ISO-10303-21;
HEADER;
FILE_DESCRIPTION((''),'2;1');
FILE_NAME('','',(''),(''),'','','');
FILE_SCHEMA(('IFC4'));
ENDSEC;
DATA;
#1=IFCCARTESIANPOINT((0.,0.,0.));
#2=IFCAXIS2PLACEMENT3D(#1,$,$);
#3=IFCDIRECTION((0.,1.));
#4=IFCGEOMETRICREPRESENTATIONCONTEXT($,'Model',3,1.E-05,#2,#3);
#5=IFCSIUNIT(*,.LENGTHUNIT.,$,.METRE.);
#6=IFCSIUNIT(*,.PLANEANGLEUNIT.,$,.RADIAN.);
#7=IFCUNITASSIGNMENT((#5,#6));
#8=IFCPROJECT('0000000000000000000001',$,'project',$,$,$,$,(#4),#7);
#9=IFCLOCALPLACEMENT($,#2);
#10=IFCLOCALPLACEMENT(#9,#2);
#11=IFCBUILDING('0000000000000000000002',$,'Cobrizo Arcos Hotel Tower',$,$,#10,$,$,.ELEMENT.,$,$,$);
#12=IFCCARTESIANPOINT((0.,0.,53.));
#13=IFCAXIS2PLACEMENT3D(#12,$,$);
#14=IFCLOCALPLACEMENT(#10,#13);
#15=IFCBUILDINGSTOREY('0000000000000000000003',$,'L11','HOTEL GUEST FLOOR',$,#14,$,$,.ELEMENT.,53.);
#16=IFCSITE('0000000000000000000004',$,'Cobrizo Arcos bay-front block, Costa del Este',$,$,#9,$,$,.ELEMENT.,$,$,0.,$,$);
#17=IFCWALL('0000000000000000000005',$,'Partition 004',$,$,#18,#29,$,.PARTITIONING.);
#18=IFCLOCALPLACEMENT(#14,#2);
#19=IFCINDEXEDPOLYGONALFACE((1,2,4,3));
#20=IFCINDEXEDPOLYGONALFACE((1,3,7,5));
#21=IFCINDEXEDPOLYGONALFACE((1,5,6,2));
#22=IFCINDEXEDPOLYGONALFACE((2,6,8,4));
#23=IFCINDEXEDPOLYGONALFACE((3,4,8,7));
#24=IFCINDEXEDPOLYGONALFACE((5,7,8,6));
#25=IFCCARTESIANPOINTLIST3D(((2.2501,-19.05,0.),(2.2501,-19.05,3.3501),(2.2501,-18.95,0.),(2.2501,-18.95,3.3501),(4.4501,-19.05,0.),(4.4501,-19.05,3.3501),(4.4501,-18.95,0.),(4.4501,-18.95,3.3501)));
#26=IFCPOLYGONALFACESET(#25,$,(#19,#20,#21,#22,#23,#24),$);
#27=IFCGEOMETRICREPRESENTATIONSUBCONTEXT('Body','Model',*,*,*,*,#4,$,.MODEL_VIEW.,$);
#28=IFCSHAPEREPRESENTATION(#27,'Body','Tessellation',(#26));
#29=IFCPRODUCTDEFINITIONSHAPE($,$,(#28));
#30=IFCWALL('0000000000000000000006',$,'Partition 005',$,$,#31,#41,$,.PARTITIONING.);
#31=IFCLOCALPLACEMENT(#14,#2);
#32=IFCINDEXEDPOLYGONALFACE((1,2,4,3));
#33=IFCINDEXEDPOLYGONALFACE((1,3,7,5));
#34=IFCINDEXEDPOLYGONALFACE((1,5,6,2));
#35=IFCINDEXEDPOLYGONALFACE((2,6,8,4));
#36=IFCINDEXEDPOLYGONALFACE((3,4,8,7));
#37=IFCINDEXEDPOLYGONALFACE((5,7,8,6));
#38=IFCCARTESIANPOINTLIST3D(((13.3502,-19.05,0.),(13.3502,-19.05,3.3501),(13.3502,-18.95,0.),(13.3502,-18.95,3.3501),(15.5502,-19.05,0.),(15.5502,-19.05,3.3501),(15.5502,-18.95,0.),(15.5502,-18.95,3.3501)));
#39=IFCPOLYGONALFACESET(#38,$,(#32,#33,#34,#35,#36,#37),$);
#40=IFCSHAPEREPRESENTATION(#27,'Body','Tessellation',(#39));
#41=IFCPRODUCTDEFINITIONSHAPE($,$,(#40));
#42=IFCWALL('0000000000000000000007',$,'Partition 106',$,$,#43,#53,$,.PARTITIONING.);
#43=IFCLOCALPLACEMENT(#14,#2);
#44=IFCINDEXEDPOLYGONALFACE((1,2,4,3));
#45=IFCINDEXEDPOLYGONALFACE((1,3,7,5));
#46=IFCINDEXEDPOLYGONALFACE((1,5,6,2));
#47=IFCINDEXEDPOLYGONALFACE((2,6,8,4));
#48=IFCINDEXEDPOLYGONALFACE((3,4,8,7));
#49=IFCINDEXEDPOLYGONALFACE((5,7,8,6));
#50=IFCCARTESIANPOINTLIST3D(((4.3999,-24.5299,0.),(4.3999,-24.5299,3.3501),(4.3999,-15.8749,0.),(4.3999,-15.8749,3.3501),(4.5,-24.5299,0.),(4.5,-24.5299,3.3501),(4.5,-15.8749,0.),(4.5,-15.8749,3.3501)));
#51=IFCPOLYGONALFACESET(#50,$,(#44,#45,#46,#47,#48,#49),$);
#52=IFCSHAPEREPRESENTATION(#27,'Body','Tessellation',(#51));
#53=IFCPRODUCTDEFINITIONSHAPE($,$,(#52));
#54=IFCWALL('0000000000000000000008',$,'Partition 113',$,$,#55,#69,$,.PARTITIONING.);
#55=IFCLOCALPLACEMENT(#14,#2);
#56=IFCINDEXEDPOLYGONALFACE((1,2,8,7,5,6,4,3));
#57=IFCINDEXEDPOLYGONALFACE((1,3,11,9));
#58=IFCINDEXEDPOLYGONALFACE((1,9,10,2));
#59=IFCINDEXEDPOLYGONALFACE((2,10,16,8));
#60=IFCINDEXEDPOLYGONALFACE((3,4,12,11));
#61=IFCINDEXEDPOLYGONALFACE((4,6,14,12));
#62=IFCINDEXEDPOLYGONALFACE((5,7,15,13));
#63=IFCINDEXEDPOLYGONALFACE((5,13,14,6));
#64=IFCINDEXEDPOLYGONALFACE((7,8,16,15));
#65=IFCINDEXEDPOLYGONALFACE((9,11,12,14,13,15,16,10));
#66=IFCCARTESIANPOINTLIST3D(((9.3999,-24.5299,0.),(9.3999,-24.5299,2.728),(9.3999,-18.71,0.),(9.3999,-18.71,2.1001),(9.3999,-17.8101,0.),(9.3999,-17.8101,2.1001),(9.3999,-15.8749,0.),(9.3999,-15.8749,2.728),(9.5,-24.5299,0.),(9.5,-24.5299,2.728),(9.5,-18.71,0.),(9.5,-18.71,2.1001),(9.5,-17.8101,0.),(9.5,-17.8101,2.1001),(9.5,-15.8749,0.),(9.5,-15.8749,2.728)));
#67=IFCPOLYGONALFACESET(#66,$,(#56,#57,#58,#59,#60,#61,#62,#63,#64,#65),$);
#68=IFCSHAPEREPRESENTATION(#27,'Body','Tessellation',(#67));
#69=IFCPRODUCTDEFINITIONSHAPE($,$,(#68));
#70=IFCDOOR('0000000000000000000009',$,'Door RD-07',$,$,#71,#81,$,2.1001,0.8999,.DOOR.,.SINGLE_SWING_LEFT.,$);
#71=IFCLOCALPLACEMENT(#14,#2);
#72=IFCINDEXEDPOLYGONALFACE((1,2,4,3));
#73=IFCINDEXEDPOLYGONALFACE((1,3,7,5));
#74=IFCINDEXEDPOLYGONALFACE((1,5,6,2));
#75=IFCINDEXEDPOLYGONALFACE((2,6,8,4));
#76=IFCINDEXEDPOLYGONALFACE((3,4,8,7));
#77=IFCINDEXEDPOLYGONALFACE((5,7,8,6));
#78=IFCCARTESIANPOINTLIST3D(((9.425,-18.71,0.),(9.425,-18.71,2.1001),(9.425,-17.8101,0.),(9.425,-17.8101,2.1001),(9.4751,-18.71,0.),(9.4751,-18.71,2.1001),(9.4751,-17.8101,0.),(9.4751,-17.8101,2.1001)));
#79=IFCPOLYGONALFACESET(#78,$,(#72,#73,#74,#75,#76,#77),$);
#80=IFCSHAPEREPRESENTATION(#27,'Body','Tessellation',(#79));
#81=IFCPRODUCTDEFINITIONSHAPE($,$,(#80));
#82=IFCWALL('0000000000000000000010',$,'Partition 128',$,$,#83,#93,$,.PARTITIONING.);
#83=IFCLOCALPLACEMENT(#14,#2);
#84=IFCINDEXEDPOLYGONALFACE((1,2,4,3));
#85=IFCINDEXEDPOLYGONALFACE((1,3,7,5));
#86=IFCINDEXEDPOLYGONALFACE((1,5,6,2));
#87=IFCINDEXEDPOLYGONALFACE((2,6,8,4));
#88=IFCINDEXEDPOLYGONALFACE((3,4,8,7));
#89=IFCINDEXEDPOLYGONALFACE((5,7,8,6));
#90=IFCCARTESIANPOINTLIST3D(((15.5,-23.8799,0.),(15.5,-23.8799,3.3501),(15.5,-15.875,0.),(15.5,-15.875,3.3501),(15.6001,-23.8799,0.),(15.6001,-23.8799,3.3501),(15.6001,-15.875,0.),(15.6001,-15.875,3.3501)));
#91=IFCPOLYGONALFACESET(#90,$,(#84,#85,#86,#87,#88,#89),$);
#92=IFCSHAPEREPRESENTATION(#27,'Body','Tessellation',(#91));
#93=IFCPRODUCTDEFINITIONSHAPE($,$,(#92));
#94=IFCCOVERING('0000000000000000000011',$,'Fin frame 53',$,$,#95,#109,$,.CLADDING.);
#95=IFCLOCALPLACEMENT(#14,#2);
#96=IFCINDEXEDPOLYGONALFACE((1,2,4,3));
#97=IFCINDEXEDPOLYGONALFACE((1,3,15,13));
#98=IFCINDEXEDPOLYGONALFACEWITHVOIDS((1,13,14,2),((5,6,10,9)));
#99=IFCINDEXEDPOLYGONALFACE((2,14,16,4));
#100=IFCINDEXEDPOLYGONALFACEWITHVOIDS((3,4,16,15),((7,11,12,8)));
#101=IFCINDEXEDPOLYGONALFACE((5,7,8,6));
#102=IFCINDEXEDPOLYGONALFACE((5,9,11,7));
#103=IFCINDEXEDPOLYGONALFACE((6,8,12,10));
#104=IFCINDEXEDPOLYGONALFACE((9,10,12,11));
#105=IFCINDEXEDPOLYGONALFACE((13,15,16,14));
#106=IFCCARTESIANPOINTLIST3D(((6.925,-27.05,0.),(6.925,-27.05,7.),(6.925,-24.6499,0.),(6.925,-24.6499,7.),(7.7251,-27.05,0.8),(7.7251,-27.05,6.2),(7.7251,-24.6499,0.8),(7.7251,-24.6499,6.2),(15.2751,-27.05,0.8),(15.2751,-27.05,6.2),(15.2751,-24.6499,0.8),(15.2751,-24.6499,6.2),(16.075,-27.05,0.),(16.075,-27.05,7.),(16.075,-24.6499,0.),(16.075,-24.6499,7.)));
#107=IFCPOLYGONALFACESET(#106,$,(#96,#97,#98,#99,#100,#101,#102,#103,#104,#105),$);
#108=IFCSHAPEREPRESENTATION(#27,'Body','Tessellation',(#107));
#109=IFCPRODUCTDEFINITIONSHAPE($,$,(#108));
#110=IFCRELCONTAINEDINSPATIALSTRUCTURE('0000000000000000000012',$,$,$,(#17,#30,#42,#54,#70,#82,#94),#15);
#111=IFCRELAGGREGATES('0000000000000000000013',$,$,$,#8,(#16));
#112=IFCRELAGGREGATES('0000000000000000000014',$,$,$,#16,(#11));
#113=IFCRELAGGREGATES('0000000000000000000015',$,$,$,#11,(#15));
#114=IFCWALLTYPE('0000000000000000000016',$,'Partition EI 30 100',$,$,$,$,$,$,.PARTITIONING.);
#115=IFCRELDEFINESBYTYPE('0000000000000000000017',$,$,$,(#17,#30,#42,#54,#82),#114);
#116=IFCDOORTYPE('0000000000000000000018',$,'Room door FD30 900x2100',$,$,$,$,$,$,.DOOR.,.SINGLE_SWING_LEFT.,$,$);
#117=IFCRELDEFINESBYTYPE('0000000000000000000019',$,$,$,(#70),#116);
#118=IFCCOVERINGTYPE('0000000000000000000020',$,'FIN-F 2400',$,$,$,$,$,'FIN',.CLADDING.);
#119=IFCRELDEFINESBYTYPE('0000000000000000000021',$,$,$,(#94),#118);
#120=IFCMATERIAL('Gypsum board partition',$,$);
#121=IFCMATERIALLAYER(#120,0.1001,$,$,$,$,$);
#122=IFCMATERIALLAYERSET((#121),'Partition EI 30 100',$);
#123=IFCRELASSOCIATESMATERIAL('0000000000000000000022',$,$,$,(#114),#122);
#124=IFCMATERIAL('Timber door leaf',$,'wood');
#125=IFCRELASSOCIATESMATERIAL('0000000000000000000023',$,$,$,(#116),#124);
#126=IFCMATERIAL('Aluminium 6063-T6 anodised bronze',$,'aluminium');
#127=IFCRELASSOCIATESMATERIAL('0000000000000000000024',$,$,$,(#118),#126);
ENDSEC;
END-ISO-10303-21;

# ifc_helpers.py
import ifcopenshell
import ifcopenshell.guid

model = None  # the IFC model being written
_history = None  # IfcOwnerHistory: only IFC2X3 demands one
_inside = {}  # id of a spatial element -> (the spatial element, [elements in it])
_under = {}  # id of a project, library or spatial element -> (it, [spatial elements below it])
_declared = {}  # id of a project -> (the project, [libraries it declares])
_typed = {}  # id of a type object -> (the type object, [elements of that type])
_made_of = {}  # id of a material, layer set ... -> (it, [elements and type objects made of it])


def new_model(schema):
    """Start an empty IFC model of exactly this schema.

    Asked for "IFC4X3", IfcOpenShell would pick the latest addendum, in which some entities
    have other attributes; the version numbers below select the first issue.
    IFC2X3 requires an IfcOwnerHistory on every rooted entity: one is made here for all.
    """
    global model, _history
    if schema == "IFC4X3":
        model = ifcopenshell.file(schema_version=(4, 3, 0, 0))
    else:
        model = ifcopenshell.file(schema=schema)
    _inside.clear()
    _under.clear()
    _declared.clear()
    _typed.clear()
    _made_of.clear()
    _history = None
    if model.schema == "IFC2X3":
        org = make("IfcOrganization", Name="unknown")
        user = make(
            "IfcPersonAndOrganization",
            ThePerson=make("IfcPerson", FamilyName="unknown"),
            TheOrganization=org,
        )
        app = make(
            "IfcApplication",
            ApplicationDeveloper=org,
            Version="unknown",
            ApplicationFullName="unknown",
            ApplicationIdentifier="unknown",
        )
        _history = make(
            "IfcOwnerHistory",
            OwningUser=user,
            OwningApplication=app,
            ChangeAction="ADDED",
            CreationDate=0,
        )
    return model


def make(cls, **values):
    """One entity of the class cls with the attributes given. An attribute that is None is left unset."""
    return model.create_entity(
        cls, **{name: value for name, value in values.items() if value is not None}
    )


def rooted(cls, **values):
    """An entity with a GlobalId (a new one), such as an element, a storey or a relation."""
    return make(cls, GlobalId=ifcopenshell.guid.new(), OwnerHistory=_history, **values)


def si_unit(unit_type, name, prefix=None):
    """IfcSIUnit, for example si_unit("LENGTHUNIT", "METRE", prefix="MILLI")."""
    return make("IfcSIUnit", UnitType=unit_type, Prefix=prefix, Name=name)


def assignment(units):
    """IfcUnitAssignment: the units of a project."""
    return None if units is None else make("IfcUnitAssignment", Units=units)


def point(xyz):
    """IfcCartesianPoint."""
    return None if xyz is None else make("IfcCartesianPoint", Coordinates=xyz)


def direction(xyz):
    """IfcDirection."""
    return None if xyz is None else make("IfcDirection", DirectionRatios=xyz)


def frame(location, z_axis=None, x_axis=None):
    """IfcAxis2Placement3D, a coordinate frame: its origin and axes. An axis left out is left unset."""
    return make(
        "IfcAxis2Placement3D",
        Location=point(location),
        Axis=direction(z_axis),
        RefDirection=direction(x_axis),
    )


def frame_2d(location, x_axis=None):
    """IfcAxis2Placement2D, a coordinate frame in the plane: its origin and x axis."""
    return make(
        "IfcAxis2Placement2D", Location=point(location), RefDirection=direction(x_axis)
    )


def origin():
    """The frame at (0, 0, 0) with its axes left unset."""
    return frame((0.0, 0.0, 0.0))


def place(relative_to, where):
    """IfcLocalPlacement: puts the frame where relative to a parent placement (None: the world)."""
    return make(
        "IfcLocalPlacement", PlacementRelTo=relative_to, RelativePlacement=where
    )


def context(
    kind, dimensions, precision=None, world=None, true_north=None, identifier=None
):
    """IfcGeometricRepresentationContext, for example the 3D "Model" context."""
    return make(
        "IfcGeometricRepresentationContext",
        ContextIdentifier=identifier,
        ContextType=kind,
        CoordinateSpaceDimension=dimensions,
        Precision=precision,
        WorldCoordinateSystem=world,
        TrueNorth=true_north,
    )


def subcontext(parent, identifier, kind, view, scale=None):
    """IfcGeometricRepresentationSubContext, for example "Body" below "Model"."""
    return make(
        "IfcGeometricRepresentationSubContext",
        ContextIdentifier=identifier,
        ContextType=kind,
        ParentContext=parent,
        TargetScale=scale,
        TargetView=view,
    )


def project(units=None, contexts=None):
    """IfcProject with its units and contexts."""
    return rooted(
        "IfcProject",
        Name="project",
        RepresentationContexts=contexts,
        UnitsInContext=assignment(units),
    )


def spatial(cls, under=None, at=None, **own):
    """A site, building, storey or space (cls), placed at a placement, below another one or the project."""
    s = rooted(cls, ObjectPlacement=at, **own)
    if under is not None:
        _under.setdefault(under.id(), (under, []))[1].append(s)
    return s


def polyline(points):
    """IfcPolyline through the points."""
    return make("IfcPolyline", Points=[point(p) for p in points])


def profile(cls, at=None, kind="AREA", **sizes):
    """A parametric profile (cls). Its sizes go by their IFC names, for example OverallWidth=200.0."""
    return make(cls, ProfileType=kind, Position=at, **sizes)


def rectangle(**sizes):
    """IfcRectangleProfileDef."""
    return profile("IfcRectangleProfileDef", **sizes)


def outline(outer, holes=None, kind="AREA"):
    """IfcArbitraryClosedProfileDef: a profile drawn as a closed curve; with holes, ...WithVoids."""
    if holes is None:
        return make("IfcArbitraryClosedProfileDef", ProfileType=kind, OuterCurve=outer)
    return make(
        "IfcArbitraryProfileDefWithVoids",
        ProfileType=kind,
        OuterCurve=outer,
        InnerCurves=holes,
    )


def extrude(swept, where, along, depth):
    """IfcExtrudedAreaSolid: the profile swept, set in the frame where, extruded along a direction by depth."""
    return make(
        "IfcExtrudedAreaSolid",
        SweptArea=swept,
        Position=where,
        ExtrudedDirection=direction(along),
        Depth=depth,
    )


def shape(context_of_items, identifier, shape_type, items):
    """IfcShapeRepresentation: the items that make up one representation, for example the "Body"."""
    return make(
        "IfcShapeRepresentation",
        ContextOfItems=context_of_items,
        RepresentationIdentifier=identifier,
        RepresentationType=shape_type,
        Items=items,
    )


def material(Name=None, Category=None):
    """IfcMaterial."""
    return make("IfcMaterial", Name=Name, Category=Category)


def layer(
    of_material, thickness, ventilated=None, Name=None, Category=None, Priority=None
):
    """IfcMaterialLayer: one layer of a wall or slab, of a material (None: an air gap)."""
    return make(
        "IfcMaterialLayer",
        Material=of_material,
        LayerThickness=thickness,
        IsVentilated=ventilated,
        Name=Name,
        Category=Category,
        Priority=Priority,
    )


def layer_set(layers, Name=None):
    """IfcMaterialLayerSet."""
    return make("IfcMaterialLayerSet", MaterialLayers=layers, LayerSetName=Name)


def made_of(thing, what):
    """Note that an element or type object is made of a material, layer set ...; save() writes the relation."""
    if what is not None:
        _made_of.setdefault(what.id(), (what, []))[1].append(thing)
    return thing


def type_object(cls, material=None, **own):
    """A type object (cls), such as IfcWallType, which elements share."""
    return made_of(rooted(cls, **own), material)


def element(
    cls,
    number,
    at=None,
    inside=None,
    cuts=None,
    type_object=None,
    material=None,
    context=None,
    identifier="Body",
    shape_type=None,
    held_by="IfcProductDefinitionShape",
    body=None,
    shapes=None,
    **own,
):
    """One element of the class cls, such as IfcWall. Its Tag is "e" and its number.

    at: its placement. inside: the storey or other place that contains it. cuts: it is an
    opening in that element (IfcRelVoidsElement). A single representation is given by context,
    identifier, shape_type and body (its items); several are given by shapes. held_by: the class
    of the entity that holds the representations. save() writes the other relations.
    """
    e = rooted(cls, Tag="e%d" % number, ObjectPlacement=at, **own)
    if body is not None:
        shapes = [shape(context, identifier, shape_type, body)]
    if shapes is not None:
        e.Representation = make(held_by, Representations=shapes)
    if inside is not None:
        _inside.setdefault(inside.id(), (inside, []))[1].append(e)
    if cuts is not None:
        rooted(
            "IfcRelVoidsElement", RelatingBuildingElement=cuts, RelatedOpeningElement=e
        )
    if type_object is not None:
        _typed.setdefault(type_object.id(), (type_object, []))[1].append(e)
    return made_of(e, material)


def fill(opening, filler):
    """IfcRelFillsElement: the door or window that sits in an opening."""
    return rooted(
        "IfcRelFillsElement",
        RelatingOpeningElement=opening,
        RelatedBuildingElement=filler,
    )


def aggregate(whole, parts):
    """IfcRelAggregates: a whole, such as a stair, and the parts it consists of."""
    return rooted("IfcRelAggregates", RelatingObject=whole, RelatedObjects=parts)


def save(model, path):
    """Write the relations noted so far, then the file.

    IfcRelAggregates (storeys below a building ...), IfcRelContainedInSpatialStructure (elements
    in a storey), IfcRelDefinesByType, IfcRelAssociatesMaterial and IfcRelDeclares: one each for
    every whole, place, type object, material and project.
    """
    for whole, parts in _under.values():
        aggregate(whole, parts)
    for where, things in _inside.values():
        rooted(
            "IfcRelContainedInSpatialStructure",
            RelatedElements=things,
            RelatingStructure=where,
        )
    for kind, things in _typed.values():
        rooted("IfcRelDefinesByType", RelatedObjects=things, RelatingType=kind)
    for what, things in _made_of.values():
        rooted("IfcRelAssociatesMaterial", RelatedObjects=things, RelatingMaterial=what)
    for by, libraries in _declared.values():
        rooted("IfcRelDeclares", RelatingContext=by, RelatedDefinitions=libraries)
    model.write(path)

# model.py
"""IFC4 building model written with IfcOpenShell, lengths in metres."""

from ifc_helpers import new_model, si_unit, direction, frame, frame_2d, origin, place, context, subcontext, project, spatial, polyline, rectangle, outline, extrude, material, layer, layer_set, type_object, element, fill, save


model = new_model("IFC4")

# Units and contexts
model_context = context("Model", 3, precision=1e-05, world=origin(), true_north=direction((0.0, 1.0)))
body_context = subcontext(model_context, "Body", "Model", "MODEL_VIEW")
ifc_project = project(units=[si_unit("LENGTHUNIT", "METRE"), si_unit("PLANEANGLEUNIT", "RADIAN")], contexts=[model_context])

# Site, building, storey
site_placement = place(None, origin())
site = spatial("IfcSite", under=ifc_project, at=site_placement, Name="Cobrizo Arcos bay-front block, Costa del Este", CompositionType="ELEMENT", RefElevation=0.0)
building_placement = place(site_placement, origin())
building = spatial("IfcBuilding", under=site, at=building_placement, Name="Cobrizo Arcos Hotel Tower", CompositionType="ELEMENT")
storey_placement = place(building_placement, frame((0.0, 0.0, 53.0)))
storey = spatial("IfcBuildingStorey", under=building, at=storey_placement, Name="L11", Description="HOTEL GUEST FLOOR", CompositionType="ELEMENT", Elevation=53.0)

# Shared definitions
ifc_material_1 = material(Name="Aluminium 6063-T6 anodised bronze", Category="aluminium")

# Walls
ifc_material_2 = material(Name="Gypsum board partition")
ifc_layer_1 = layer(ifc_material_2, 0.1001)
ifc_layer_set_1 = layer_set([ifc_layer_1], Name="Partition EI 30 100")
wall_type = type_object("IfcWallType", Name="Partition EI 30 100", PredefinedType="PARTITIONING", material=ifc_layer_set_1)
for number, where, z_axis, x_axis, name in (
    (1, (2.25, -19.0, 0.0), (0.0, 0.0, 1.0), (1.0, 0.0, 0.0), "Partition 004"),
    (2, (13.3501, -19.0, 0.0), (0.0, 0.0, 1.0), (1.0, 0.0, 0.0), "Partition 005"),
):
    element("IfcWall", number, at=place(storey_placement, frame(where, z_axis=z_axis, x_axis=x_axis)), inside=storey, type_object=wall_type, Name=name, PredefinedType="PARTITIONING", context=body_context, shape_type="SweptSolid", body=[
        extrude(rectangle(XDim=2.2, YDim=0.1001, at=frame_2d((1.1001, 0.0))), origin(), (0.0, 0.0, 1.0), 3.3501),
    ])
wall_1_placement = place(storey_placement, frame((4.45, -24.53, 0.0), z_axis=(0.0, 0.0, 1.0), x_axis=(0.0, 1.0, 0.0)))
element("IfcWall", 3, at=wall_1_placement, inside=storey, type_object=wall_type, Name="Partition 106", PredefinedType="PARTITIONING", context=body_context, shape_type="SweptSolid", body=[
    extrude(rectangle(XDim=8.655, YDim=0.1001, at=frame_2d((4.3276, 0.0))), origin(), (0.0, 0.0, 1.0), 3.3501),
])

# Wall, opening, door
wall_2_placement = place(storey_placement, frame((9.45, -24.53, 0.0), z_axis=(0.0, 0.0, 1.0), x_axis=(0.0, 1.0, 0.0)))
wall_2 = element("IfcWall", 4, at=wall_2_placement, inside=storey, type_object=wall_type, Name="Partition 113", PredefinedType="PARTITIONING", context=body_context, shape_type="SweptSolid", body=[
    extrude(rectangle(XDim=8.655, YDim=0.1001, at=frame_2d((4.3276, 0.0))), origin(), (0.0, 0.0, 1.0), 2.728),
])
opening_placement = place(wall_2_placement, frame((5.8201, 0.0, 0.0)))
opening = element("IfcOpeningElement", 5, at=opening_placement, cuts=wall_2, PredefinedType="OPENING", context=body_context, shape_type="SweptSolid", body=[
    extrude(rectangle(XDim=0.8999, YDim=2.1001, at=frame_2d((0.45, 1.05))), frame((0.0, 0.062, 0.0), z_axis=(0.0, -1.0, 0.0), x_axis=(1.0, 0.0, 0.0)), (0.0, 0.0, 1.0), 0.124),
])
ifc_material_3 = material(Name="Timber door leaf", Category="wood")
door_type = type_object("IfcDoorType", Name="Room door FD30 900x2100", OperationType="SINGLE_SWING_LEFT", PredefinedType="DOOR", material=ifc_material_3)
door_placement = place(opening_placement, origin())
door = element("IfcDoor", 6, at=door_placement, inside=storey, type_object=door_type, Name="Door RD-07", OperationType="SINGLE_SWING_LEFT", OverallHeight=2.1001, OverallWidth=0.8999, PredefinedType="DOOR", context=body_context, shape_type="SweptSolid", body=[
    extrude(rectangle(XDim=0.8999, YDim=2.1001, at=frame_2d((0.45, 1.05))), frame((0.0, 0.0249, 0.0), z_axis=(0.0, -1.0, 0.0), x_axis=(1.0, 0.0, 0.0)), (0.0, 0.0, 1.0), 0.05),
])
fill(opening, door)

# Wall
wall_3_placement = place(storey_placement, frame((15.55, -23.8799, 0.0), z_axis=(0.0, 0.0, 1.0), x_axis=(0.0, 1.0, 0.0)))
element("IfcWall", 7, at=wall_3_placement, inside=storey, type_object=wall_type, Name="Partition 128", PredefinedType="PARTITIONING", context=body_context, shape_type="SweptSolid", body=[
    extrude(rectangle(XDim=8.0049, YDim=0.1001, at=frame_2d((4.0024, 0.0))), origin(), (0.0, 0.0, 1.0), 3.3501),
])

# Covering
covering_type = type_object("IfcCoveringType", Name="FIN-F 2400", ElementType="FIN", PredefinedType="CLADDING", material=ifc_material_1)
covering_placement = place(storey_placement, frame((6.925, -24.6499, 0.0), z_axis=(0.0, -1.0, 0.0), x_axis=(1.0, 0.0, 0.0)))
element("IfcCovering", 8, at=covering_placement, inside=storey, type_object=covering_type, Name="Fin frame 53", PredefinedType="CLADDING", context=body_context, shape_type="SweptSolid", body=[
    extrude(outline(polyline([(0.0, 7.0), (0.0, 0.0), (9.1499, 0.0), (9.1499, 7.0), (0.0, 7.0)]), holes=[polyline([(8.3501, 0.8), (0.8, 0.8), (0.8, 6.2), (8.3501, 6.2), (8.3501, 0.8)])]), origin(), (0.0, 0.0, 1.0), 2.4001),
])

save(model, "model.ifc")
